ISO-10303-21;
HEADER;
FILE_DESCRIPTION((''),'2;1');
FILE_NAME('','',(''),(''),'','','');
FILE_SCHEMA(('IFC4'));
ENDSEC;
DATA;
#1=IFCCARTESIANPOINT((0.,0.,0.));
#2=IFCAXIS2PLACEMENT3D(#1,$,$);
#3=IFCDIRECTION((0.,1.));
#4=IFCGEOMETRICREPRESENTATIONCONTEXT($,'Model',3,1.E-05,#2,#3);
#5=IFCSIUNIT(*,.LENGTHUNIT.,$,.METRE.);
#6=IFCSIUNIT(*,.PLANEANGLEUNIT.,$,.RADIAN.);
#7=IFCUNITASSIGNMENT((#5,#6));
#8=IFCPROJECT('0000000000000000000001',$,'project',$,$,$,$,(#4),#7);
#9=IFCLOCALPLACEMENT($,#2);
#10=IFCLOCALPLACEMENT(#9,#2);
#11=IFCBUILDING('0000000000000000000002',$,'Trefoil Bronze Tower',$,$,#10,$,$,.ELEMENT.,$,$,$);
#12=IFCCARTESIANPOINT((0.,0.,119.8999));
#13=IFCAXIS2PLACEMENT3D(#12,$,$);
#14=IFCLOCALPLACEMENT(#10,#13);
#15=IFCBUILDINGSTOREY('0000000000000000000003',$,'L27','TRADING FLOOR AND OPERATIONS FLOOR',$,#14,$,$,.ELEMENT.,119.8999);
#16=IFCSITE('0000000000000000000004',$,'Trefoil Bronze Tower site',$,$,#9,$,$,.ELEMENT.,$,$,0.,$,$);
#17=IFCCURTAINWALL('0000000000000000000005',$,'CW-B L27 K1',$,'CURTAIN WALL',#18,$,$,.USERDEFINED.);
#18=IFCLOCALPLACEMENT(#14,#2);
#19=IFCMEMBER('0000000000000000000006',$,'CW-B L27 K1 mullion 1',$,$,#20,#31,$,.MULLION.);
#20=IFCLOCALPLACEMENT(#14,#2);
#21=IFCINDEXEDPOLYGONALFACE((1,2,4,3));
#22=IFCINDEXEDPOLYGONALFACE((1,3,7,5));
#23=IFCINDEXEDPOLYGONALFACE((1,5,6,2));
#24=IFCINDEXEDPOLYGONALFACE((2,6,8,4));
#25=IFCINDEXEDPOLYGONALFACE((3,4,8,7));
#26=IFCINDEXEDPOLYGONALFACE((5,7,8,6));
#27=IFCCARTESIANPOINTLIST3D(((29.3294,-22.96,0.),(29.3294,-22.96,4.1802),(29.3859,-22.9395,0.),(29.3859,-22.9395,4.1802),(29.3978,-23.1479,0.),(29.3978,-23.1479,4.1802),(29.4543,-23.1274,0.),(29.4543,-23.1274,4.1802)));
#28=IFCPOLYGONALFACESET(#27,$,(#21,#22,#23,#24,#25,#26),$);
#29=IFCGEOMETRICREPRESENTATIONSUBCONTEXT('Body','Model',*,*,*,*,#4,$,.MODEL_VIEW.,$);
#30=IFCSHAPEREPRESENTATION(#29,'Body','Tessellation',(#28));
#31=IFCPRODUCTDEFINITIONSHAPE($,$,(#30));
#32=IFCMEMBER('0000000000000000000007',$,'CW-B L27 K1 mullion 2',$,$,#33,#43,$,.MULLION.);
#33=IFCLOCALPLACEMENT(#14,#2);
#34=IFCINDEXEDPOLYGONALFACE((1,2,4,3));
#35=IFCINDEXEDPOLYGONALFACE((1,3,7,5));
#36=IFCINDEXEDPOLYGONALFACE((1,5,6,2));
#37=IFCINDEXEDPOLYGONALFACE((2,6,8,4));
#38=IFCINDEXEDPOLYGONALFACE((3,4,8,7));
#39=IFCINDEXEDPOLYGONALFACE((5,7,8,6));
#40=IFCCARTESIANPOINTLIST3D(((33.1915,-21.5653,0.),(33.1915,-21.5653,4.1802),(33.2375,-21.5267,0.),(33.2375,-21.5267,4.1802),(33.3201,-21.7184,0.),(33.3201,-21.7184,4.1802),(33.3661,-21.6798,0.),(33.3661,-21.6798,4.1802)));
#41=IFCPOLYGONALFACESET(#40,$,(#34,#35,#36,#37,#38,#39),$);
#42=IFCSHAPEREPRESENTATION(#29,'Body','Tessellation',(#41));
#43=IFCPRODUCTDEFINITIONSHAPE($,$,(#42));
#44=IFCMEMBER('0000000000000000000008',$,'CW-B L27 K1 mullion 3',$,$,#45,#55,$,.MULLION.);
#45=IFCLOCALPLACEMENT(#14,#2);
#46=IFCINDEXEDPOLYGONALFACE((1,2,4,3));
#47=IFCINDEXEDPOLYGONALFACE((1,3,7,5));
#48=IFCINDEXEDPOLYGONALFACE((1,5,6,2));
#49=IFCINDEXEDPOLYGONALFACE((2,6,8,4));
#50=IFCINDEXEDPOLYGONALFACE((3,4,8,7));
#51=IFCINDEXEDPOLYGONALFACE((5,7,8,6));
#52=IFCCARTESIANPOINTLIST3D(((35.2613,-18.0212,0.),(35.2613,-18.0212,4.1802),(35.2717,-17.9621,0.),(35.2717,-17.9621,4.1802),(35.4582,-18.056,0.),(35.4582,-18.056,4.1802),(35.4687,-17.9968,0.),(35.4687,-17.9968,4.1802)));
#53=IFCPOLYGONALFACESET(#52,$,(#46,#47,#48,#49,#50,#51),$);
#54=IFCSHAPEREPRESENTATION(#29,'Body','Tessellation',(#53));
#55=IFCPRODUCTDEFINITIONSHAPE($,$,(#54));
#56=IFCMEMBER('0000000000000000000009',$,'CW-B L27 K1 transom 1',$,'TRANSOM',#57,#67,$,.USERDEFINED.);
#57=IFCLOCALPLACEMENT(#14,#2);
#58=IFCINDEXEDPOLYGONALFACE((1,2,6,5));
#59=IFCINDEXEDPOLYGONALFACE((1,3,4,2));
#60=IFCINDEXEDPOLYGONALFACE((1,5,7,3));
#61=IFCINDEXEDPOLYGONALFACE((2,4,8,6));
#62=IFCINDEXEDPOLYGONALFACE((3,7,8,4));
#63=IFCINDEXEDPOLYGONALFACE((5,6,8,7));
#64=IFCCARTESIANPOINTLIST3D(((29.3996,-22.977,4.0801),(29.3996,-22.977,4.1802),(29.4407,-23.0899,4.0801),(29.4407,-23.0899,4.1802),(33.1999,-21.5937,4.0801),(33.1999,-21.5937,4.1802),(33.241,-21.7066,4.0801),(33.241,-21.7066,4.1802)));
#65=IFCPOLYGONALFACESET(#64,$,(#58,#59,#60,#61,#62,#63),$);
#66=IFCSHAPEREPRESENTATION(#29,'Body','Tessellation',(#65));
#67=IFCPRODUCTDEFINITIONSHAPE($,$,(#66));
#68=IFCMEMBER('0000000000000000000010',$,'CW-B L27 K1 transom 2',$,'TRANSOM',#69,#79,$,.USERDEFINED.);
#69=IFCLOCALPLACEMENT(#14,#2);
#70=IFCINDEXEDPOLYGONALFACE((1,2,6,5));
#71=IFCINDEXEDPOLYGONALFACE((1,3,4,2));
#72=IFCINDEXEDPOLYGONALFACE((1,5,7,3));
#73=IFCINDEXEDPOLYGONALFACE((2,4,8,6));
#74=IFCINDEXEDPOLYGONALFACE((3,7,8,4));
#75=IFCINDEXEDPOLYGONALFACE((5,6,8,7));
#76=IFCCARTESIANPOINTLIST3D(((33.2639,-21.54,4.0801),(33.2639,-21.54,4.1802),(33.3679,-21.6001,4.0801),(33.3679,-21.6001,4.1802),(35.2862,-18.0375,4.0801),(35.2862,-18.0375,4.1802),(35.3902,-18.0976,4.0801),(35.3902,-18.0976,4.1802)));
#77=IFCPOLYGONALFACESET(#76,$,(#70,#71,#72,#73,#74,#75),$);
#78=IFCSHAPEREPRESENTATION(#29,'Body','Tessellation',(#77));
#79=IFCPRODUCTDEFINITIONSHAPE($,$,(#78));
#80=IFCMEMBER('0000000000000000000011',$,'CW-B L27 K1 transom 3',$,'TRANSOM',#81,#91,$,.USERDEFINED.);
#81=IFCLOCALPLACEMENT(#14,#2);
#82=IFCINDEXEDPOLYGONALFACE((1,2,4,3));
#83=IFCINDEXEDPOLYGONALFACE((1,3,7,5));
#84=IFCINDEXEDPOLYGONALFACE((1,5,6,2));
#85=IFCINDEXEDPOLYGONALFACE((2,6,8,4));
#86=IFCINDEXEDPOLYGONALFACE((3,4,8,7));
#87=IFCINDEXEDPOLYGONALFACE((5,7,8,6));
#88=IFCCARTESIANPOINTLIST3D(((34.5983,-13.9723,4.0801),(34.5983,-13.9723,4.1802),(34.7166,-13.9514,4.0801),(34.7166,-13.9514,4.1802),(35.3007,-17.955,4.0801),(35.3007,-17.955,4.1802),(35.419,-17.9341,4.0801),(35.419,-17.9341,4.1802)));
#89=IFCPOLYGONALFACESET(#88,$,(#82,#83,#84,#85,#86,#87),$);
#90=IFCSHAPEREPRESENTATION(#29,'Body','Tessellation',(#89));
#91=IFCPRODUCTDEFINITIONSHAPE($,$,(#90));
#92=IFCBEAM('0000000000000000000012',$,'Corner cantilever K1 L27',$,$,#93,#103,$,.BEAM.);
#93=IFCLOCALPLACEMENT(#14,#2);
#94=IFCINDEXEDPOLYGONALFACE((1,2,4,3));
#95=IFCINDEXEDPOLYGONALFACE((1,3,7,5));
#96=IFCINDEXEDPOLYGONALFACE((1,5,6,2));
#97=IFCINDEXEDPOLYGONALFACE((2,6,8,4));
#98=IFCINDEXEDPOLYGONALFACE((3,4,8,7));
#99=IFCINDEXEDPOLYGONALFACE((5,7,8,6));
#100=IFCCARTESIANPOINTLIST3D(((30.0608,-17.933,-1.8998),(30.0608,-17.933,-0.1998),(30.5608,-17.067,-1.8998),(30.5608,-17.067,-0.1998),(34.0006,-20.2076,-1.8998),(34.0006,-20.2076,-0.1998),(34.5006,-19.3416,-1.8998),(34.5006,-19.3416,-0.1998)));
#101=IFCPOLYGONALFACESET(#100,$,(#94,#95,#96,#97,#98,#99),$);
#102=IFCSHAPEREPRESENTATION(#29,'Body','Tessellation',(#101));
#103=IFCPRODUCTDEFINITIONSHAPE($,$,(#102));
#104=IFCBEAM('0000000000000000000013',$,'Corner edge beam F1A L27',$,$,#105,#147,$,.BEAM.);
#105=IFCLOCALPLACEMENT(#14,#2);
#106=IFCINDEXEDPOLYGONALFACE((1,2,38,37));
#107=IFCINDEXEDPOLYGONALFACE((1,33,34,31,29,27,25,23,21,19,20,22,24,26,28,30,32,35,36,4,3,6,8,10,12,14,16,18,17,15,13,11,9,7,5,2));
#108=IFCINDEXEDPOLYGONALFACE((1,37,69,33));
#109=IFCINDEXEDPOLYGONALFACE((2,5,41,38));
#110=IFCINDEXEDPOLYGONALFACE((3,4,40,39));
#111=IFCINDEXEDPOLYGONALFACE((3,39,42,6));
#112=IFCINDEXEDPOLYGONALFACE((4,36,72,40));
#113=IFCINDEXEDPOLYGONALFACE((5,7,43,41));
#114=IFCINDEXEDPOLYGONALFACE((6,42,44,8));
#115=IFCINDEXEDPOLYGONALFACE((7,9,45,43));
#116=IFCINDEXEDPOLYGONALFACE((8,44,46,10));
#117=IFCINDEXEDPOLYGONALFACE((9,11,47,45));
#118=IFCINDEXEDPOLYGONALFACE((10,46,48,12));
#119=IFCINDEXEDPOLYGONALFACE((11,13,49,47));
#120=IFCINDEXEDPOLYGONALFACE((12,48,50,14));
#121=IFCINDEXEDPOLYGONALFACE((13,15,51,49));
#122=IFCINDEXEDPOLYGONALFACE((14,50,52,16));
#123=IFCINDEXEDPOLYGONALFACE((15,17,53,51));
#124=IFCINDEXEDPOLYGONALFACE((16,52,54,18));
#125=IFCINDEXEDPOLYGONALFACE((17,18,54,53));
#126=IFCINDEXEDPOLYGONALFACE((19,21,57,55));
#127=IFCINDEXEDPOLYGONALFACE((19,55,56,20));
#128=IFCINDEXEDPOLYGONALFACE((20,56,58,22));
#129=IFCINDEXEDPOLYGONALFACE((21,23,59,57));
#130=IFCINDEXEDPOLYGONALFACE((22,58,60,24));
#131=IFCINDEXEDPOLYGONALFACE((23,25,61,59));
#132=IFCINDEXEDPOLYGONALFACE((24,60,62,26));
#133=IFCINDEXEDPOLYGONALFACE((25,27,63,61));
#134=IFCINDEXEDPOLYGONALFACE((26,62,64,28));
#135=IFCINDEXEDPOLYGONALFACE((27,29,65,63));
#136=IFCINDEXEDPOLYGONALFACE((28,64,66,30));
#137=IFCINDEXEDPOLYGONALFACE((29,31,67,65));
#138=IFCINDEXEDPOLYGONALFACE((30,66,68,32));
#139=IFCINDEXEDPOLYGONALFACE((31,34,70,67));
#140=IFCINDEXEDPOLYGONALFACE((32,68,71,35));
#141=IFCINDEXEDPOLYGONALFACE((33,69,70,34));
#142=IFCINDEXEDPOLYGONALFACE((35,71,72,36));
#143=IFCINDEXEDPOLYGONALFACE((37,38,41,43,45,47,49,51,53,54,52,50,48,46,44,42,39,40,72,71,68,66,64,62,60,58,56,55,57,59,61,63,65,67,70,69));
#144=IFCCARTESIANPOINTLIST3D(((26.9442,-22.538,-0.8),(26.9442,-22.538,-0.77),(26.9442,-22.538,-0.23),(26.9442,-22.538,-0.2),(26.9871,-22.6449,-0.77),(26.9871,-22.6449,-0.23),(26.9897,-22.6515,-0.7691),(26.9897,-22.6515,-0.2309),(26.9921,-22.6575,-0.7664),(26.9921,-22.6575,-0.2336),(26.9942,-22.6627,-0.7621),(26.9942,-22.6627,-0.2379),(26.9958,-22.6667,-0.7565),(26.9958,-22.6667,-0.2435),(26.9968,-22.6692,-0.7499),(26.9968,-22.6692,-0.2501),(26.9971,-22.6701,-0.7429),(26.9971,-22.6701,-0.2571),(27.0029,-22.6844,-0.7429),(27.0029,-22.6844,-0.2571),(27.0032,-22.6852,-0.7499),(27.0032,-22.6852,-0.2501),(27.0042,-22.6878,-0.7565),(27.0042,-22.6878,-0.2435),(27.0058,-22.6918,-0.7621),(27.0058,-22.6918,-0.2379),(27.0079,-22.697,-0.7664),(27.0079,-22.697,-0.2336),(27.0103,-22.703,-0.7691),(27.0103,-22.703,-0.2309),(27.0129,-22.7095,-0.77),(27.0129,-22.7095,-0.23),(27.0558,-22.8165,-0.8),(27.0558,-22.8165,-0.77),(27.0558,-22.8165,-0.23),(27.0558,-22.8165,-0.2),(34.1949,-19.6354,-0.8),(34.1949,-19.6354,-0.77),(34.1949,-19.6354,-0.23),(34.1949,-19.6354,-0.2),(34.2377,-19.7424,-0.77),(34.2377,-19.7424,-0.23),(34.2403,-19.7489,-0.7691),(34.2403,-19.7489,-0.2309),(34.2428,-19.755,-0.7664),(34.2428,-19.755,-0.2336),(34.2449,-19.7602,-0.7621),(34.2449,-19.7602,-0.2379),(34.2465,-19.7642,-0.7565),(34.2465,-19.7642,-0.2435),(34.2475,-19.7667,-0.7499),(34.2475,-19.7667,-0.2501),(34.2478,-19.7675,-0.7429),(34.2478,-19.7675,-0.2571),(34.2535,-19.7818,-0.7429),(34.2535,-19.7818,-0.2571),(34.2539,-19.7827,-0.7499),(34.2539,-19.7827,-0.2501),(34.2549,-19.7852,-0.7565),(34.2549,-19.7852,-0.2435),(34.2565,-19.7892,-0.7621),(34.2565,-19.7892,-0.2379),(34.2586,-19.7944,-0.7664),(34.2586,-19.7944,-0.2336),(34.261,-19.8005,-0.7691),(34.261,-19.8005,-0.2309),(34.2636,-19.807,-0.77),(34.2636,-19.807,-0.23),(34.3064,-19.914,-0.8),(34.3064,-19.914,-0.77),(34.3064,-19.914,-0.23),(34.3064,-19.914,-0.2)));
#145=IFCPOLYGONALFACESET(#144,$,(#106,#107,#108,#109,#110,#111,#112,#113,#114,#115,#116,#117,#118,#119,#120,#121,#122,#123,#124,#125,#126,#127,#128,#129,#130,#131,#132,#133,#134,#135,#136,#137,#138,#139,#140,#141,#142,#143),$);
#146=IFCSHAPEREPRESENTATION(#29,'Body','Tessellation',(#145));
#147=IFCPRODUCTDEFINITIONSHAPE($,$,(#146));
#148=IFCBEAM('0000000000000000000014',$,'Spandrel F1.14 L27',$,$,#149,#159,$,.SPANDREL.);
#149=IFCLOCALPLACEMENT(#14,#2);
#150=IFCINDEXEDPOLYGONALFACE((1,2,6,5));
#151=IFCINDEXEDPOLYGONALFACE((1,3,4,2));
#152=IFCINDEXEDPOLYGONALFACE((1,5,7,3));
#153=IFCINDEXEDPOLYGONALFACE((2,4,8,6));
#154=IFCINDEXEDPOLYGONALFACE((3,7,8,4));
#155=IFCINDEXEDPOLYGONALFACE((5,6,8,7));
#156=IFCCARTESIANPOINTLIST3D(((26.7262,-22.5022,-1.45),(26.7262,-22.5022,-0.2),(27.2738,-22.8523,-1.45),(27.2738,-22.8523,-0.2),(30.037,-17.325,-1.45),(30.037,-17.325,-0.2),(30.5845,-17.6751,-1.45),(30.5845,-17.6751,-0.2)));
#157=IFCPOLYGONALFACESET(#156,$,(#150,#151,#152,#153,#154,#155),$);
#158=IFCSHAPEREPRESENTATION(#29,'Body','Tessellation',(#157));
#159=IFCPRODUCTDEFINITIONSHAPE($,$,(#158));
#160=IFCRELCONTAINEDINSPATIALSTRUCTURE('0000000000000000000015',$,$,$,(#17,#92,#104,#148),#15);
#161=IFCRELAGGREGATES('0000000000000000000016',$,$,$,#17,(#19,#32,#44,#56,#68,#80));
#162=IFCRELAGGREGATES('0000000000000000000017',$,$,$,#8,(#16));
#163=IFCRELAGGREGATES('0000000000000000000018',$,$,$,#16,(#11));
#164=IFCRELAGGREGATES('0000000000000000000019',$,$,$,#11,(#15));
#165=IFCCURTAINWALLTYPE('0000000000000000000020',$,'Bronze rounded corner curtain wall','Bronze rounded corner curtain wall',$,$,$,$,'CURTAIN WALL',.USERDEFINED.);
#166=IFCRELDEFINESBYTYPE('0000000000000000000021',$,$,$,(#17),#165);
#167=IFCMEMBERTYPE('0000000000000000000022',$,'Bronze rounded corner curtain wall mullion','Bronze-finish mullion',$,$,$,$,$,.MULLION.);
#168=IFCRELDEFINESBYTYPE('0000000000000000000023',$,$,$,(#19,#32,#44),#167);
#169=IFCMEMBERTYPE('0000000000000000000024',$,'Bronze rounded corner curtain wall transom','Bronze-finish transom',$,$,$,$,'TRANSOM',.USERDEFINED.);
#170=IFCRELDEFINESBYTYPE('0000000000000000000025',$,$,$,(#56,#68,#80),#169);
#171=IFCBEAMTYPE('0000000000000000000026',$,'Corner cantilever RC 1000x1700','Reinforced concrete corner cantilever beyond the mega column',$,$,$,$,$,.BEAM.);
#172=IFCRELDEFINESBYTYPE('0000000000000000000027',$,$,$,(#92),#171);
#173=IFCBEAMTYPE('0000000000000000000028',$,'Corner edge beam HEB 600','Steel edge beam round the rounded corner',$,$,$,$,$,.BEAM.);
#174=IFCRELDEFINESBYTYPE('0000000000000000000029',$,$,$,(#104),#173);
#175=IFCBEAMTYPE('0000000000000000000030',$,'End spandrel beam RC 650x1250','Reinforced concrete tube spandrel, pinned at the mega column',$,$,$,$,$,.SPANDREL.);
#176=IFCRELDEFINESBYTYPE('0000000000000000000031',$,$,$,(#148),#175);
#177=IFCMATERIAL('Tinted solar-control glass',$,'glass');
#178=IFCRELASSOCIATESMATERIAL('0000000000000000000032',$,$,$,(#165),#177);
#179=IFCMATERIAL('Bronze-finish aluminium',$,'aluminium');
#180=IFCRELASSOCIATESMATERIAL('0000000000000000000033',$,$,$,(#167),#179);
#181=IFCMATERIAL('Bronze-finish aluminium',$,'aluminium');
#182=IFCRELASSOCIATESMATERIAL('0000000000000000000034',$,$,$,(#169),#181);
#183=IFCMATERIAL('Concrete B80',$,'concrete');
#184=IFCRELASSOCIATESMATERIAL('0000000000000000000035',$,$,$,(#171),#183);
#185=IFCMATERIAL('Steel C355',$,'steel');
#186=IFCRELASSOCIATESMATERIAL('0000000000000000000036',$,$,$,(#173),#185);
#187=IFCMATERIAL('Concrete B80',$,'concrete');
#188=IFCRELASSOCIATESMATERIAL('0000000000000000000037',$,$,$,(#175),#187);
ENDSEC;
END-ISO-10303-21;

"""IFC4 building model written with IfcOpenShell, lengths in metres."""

from ifc_helpers import new_model, si_unit, direction, frame, origin, origin_2d, place, context, subcontext, project, spatial, rectangle, i_section, extrude, material, material_profile, profile_set, type_object, element, aggregate, save


model = new_model("IFC4")

# Units and contexts
model_context = context("Model", 3, precision=1e-05, world=origin(), true_north=direction((0.0, 1.0)))
body_context = subcontext(model_context, "Body", "Model", "MODEL_VIEW")
ifc_project = project(units=[si_unit("LENGTHUNIT", "METRE"), si_unit("PLANEANGLEUNIT", "RADIAN")], contexts=[model_context])

# Site, building, storey
site_placement = place(None, origin())
site = spatial("IfcSite", under=ifc_project, at=site_placement, Name="Trefoil Bronze Tower site", CompositionType="ELEMENT", RefElevation=0.0)
building_placement = place(site_placement, origin())
building = spatial("IfcBuilding", under=site, at=building_placement, Name="Trefoil Bronze Tower", CompositionType="ELEMENT")
storey_placement = place(building_placement, frame((0.0, 0.0, 119.8999)))
storey = spatial("IfcBuildingStorey", under=building, at=storey_placement, Name="L27", Description="TRADING FLOOR AND OPERATIONS FLOOR", CompositionType="ELEMENT", Elevation=119.8999)

# Curtain wall, members
ifc_material_1 = material(Name="Tinted solar-control glass", Category="glass")
curtain_wall_type_1 = type_object("IfcCurtainWallType", Name="Bronze rounded corner curtain wall", Description="Bronze rounded corner curtain wall", ElementType="CURTAIN WALL", PredefinedType="USERDEFINED", material=ifc_material_1)
curtain_wall_1_placement = place(storey_placement, origin())
curtain_wall_1 = element("IfcCurtainWall", 1, at=curtain_wall_1_placement, inside=storey, type_object=curtain_wall_type_1, Name="CW-B L27 K1", ObjectType="CURTAIN WALL", PredefinedType="USERDEFINED")
ifc_material_2 = material(Name="Bronze-finish aluminium", Category="aluminium")
ifc_material_profile_1 = material_profile(ifc_material_2, rectangle(XDim=0.2, YDim=0.0601, at=origin_2d()), Name="CW-B mullion")
ifc_profile_set_1 = profile_set([ifc_material_profile_1], Name="Bronze-finish aluminium")
member_type_1 = type_object("IfcMemberType", Name="Bronze rounded corner curtain wall mullion", Description="Bronze-finish mullion", PredefinedType="MULLION", material=ifc_profile_set_1)
member_1_placement = place(storey_placement, frame((29.3918, -23.0437, 0.0), z_axis=(0.0, 0.0, 1.0), x_axis=(-0.34202, 0.939693, 0.0)))
member_1 = element("IfcMember", 2, at=member_1_placement, type_object=member_type_1, Name="CW-B L27 K1 mullion 1", PredefinedType="MULLION", context=body_context, shape_type="SweptSolid", body=[
    extrude(rectangle(XDim=0.2, YDim=0.0601, at=origin_2d()), origin(), (0.0, 0.0, 1.0), 4.1802),
])
member_2_placement = place(storey_placement, frame((33.2788, -21.6226, 0.0), z_axis=(0.0, 0.0, 1.0), x_axis=(-0.642788, 0.766044, 0.0)))
member_2 = element("IfcMember", 3, at=member_2_placement, type_object=member_type_1, Name="CW-B L27 K1 mullion 2", PredefinedType="MULLION", context=body_context, shape_type="SweptSolid", body=[
    extrude(rectangle(XDim=0.2, YDim=0.0601, at=origin_2d()), origin(), (0.0, 0.0, 1.0), 4.1802),
])
member_3_placement = place(storey_placement, frame((35.365, -18.009, 0.0), z_axis=(0.0, 0.0, 1.0), x_axis=(-0.984808, 0.173648, 0.0)))
member_3 = element("IfcMember", 4, at=member_3_placement, type_object=member_type_1, Name="CW-B L27 K1 mullion 3", PredefinedType="MULLION", context=body_context, shape_type="SweptSolid", body=[
    extrude(rectangle(XDim=0.2, YDim=0.0601, at=origin_2d()), origin(), (0.0, 0.0, 1.0), 4.1802),
])
ifc_material_3 = material(Name="Bronze-finish aluminium", Category="aluminium")
ifc_material_profile_2 = material_profile(ifc_material_3, rectangle(XDim=0.1201, YDim=0.1001, at=origin_2d()), Name="CW-B transom")
ifc_profile_set_2 = profile_set([ifc_material_profile_2], Name="Bronze-finish aluminium")
member_type_2 = type_object("IfcMemberType", Name="Bronze rounded corner curtain wall transom", Description="Bronze-finish transom", ElementType="TRANSOM", PredefinedType="USERDEFINED", material=ifc_profile_set_2)
member_4_placement = place(storey_placement, frame((29.4202, -23.0334, 4.1301), z_axis=(0.939684, 0.342044, 0.0), x_axis=(-0.342044, 0.939684, 0.0)))
member_4 = element("IfcMember", 5, at=member_4_placement, type_object=member_type_2, Name="CW-B L27 K1 transom 1", ObjectType="TRANSOM", PredefinedType="USERDEFINED", context=body_context, shape_type="SweptSolid", body=[
    extrude(rectangle(XDim=0.1201, YDim=0.1001, at=origin_2d()), origin(), (0.0, 0.0, 1.0), 4.0442),
])
member_5_placement = place(storey_placement, frame((33.3159, -21.5701, 4.1301), z_axis=(0.500015, 0.866017, 0.0), x_axis=(-0.866017, 0.500015, 0.0)))
member_5 = element("IfcMember", 6, at=member_5_placement, type_object=member_type_2, Name="CW-B L27 K1 transom 2", ObjectType="TRANSOM", PredefinedType="USERDEFINED", context=body_context, shape_type="SweptSolid", body=[
    extrude(rectangle(XDim=0.1201, YDim=0.1001, at=origin_2d()), origin(), (0.0, 0.0, 1.0), 4.0444),
])
member_6_placement = place(storey_placement, frame((35.3599, -17.9446, 4.1301), z_axis=(-0.173682, 0.984802, 0.0), x_axis=(-0.984802, -0.173682, 0.0)))
member_6 = element("IfcMember", 7, at=member_6_placement, type_object=member_type_2, Name="CW-B L27 K1 transom 3", ObjectType="TRANSOM", PredefinedType="USERDEFINED", context=body_context, shape_type="SweptSolid", body=[
    extrude(rectangle(XDim=0.1201, YDim=0.1001, at=origin_2d()), origin(), (0.0, 0.0, 1.0), 4.0442),
])

# Beams
ifc_material_4 = material(Name="Concrete B80", Category="concrete")
ifc_material_profile_3 = material_profile(ifc_material_4, rectangle(XDim=1.0, YDim=1.7, at=origin_2d()), Name="RC 1000x1700")
ifc_profile_set_3 = profile_set([ifc_material_profile_3], Name="Concrete B80")
beam_type_1 = type_object("IfcBeamType", Name="Corner cantilever RC 1000x1700", Description="Reinforced concrete corner cantilever beyond the mega column", PredefinedType="BEAM", material=ifc_profile_set_3)
beam_1_placement = place(storey_placement, frame((30.3108, -17.5, -1.0498), z_axis=(0.866032, -0.499989, 0.0), x_axis=(0.499989, 0.866032, 0.0)))
element("IfcBeam", 8, at=beam_1_placement, inside=storey, type_object=beam_type_1, Name="Corner cantilever K1 L27", PredefinedType="BEAM", context=body_context, shape_type="SweptSolid", body=[
    extrude(rectangle(XDim=1.0, YDim=1.7, at=origin_2d()), origin(), (0.0, 0.0, 1.0), 4.5493),
])
ifc_material_5 = material(Name="Steel C355", Category="steel")
ifc_material_profile_4 = material_profile(ifc_material_5, i_section(OverallWidth=0.3, OverallDepth=0.6001, WebThickness=0.0154, FlangeThickness=0.03, FilletRadius=0.0271, at=origin_2d()), Name="HEB 600")
ifc_profile_set_4 = profile_set([ifc_material_profile_4], Name="Steel C355")
beam_type_2 = type_object("IfcBeamType", Name="Corner edge beam HEB 600", Description="Steel edge beam round the rounded corner", PredefinedType="BEAM", material=ifc_profile_set_4)
beam_2_placement = place(storey_placement, frame((27.0, -22.6772, -0.5), z_axis=(0.928375, 0.371644, 0.0), x_axis=(-0.371644, 0.928375, 0.0)))
element("IfcBeam", 9, at=beam_2_placement, inside=storey, type_object=beam_type_2, Name="Corner edge beam F1A L27", PredefinedType="BEAM", context=body_context, shape_type="SweptSolid", body=[
    extrude(i_section(OverallWidth=0.3, OverallDepth=0.6001, WebThickness=0.0154, FlangeThickness=0.03, FilletRadius=0.0271, at=origin_2d()), origin(), (0.0, 0.0, 1.0), 7.8101),
])
ifc_material_6 = material(Name="Concrete B80", Category="concrete")
ifc_material_profile_5 = material_profile(ifc_material_6, rectangle(XDim=0.6499, YDim=1.25, at=origin_2d()), Name="RC 650x1250")
ifc_profile_set_5 = profile_set([ifc_material_profile_5], Name="Concrete B80")
beam_type_3 = type_object("IfcBeamType", Name="End spandrel beam RC 650x1250", Description="Reinforced concrete tube spandrel, pinned at the mega column", PredefinedType="SPANDREL", material=ifc_profile_set_5)
beam_3_placement = place(storey_placement, frame((27.0, -22.6772, -0.825), z_axis=(0.538748, 0.842467, 0.0), x_axis=(-0.842467, 0.538748, 0.0)))
element("IfcBeam", 10, at=beam_3_placement, inside=storey, type_object=beam_type_3, Name="Spandrel F1.14 L27", PredefinedType="SPANDREL", context=body_context, shape_type="SweptSolid", body=[
    extrude(rectangle(XDim=0.6499, YDim=1.25, at=origin_2d()), origin(), (0.0, 0.0, 1.0), 6.1453),
])

aggregate(curtain_wall_1, [member_1, member_2, member_3, member_4, member_5, member_6])

save(model, "model.ifc")
